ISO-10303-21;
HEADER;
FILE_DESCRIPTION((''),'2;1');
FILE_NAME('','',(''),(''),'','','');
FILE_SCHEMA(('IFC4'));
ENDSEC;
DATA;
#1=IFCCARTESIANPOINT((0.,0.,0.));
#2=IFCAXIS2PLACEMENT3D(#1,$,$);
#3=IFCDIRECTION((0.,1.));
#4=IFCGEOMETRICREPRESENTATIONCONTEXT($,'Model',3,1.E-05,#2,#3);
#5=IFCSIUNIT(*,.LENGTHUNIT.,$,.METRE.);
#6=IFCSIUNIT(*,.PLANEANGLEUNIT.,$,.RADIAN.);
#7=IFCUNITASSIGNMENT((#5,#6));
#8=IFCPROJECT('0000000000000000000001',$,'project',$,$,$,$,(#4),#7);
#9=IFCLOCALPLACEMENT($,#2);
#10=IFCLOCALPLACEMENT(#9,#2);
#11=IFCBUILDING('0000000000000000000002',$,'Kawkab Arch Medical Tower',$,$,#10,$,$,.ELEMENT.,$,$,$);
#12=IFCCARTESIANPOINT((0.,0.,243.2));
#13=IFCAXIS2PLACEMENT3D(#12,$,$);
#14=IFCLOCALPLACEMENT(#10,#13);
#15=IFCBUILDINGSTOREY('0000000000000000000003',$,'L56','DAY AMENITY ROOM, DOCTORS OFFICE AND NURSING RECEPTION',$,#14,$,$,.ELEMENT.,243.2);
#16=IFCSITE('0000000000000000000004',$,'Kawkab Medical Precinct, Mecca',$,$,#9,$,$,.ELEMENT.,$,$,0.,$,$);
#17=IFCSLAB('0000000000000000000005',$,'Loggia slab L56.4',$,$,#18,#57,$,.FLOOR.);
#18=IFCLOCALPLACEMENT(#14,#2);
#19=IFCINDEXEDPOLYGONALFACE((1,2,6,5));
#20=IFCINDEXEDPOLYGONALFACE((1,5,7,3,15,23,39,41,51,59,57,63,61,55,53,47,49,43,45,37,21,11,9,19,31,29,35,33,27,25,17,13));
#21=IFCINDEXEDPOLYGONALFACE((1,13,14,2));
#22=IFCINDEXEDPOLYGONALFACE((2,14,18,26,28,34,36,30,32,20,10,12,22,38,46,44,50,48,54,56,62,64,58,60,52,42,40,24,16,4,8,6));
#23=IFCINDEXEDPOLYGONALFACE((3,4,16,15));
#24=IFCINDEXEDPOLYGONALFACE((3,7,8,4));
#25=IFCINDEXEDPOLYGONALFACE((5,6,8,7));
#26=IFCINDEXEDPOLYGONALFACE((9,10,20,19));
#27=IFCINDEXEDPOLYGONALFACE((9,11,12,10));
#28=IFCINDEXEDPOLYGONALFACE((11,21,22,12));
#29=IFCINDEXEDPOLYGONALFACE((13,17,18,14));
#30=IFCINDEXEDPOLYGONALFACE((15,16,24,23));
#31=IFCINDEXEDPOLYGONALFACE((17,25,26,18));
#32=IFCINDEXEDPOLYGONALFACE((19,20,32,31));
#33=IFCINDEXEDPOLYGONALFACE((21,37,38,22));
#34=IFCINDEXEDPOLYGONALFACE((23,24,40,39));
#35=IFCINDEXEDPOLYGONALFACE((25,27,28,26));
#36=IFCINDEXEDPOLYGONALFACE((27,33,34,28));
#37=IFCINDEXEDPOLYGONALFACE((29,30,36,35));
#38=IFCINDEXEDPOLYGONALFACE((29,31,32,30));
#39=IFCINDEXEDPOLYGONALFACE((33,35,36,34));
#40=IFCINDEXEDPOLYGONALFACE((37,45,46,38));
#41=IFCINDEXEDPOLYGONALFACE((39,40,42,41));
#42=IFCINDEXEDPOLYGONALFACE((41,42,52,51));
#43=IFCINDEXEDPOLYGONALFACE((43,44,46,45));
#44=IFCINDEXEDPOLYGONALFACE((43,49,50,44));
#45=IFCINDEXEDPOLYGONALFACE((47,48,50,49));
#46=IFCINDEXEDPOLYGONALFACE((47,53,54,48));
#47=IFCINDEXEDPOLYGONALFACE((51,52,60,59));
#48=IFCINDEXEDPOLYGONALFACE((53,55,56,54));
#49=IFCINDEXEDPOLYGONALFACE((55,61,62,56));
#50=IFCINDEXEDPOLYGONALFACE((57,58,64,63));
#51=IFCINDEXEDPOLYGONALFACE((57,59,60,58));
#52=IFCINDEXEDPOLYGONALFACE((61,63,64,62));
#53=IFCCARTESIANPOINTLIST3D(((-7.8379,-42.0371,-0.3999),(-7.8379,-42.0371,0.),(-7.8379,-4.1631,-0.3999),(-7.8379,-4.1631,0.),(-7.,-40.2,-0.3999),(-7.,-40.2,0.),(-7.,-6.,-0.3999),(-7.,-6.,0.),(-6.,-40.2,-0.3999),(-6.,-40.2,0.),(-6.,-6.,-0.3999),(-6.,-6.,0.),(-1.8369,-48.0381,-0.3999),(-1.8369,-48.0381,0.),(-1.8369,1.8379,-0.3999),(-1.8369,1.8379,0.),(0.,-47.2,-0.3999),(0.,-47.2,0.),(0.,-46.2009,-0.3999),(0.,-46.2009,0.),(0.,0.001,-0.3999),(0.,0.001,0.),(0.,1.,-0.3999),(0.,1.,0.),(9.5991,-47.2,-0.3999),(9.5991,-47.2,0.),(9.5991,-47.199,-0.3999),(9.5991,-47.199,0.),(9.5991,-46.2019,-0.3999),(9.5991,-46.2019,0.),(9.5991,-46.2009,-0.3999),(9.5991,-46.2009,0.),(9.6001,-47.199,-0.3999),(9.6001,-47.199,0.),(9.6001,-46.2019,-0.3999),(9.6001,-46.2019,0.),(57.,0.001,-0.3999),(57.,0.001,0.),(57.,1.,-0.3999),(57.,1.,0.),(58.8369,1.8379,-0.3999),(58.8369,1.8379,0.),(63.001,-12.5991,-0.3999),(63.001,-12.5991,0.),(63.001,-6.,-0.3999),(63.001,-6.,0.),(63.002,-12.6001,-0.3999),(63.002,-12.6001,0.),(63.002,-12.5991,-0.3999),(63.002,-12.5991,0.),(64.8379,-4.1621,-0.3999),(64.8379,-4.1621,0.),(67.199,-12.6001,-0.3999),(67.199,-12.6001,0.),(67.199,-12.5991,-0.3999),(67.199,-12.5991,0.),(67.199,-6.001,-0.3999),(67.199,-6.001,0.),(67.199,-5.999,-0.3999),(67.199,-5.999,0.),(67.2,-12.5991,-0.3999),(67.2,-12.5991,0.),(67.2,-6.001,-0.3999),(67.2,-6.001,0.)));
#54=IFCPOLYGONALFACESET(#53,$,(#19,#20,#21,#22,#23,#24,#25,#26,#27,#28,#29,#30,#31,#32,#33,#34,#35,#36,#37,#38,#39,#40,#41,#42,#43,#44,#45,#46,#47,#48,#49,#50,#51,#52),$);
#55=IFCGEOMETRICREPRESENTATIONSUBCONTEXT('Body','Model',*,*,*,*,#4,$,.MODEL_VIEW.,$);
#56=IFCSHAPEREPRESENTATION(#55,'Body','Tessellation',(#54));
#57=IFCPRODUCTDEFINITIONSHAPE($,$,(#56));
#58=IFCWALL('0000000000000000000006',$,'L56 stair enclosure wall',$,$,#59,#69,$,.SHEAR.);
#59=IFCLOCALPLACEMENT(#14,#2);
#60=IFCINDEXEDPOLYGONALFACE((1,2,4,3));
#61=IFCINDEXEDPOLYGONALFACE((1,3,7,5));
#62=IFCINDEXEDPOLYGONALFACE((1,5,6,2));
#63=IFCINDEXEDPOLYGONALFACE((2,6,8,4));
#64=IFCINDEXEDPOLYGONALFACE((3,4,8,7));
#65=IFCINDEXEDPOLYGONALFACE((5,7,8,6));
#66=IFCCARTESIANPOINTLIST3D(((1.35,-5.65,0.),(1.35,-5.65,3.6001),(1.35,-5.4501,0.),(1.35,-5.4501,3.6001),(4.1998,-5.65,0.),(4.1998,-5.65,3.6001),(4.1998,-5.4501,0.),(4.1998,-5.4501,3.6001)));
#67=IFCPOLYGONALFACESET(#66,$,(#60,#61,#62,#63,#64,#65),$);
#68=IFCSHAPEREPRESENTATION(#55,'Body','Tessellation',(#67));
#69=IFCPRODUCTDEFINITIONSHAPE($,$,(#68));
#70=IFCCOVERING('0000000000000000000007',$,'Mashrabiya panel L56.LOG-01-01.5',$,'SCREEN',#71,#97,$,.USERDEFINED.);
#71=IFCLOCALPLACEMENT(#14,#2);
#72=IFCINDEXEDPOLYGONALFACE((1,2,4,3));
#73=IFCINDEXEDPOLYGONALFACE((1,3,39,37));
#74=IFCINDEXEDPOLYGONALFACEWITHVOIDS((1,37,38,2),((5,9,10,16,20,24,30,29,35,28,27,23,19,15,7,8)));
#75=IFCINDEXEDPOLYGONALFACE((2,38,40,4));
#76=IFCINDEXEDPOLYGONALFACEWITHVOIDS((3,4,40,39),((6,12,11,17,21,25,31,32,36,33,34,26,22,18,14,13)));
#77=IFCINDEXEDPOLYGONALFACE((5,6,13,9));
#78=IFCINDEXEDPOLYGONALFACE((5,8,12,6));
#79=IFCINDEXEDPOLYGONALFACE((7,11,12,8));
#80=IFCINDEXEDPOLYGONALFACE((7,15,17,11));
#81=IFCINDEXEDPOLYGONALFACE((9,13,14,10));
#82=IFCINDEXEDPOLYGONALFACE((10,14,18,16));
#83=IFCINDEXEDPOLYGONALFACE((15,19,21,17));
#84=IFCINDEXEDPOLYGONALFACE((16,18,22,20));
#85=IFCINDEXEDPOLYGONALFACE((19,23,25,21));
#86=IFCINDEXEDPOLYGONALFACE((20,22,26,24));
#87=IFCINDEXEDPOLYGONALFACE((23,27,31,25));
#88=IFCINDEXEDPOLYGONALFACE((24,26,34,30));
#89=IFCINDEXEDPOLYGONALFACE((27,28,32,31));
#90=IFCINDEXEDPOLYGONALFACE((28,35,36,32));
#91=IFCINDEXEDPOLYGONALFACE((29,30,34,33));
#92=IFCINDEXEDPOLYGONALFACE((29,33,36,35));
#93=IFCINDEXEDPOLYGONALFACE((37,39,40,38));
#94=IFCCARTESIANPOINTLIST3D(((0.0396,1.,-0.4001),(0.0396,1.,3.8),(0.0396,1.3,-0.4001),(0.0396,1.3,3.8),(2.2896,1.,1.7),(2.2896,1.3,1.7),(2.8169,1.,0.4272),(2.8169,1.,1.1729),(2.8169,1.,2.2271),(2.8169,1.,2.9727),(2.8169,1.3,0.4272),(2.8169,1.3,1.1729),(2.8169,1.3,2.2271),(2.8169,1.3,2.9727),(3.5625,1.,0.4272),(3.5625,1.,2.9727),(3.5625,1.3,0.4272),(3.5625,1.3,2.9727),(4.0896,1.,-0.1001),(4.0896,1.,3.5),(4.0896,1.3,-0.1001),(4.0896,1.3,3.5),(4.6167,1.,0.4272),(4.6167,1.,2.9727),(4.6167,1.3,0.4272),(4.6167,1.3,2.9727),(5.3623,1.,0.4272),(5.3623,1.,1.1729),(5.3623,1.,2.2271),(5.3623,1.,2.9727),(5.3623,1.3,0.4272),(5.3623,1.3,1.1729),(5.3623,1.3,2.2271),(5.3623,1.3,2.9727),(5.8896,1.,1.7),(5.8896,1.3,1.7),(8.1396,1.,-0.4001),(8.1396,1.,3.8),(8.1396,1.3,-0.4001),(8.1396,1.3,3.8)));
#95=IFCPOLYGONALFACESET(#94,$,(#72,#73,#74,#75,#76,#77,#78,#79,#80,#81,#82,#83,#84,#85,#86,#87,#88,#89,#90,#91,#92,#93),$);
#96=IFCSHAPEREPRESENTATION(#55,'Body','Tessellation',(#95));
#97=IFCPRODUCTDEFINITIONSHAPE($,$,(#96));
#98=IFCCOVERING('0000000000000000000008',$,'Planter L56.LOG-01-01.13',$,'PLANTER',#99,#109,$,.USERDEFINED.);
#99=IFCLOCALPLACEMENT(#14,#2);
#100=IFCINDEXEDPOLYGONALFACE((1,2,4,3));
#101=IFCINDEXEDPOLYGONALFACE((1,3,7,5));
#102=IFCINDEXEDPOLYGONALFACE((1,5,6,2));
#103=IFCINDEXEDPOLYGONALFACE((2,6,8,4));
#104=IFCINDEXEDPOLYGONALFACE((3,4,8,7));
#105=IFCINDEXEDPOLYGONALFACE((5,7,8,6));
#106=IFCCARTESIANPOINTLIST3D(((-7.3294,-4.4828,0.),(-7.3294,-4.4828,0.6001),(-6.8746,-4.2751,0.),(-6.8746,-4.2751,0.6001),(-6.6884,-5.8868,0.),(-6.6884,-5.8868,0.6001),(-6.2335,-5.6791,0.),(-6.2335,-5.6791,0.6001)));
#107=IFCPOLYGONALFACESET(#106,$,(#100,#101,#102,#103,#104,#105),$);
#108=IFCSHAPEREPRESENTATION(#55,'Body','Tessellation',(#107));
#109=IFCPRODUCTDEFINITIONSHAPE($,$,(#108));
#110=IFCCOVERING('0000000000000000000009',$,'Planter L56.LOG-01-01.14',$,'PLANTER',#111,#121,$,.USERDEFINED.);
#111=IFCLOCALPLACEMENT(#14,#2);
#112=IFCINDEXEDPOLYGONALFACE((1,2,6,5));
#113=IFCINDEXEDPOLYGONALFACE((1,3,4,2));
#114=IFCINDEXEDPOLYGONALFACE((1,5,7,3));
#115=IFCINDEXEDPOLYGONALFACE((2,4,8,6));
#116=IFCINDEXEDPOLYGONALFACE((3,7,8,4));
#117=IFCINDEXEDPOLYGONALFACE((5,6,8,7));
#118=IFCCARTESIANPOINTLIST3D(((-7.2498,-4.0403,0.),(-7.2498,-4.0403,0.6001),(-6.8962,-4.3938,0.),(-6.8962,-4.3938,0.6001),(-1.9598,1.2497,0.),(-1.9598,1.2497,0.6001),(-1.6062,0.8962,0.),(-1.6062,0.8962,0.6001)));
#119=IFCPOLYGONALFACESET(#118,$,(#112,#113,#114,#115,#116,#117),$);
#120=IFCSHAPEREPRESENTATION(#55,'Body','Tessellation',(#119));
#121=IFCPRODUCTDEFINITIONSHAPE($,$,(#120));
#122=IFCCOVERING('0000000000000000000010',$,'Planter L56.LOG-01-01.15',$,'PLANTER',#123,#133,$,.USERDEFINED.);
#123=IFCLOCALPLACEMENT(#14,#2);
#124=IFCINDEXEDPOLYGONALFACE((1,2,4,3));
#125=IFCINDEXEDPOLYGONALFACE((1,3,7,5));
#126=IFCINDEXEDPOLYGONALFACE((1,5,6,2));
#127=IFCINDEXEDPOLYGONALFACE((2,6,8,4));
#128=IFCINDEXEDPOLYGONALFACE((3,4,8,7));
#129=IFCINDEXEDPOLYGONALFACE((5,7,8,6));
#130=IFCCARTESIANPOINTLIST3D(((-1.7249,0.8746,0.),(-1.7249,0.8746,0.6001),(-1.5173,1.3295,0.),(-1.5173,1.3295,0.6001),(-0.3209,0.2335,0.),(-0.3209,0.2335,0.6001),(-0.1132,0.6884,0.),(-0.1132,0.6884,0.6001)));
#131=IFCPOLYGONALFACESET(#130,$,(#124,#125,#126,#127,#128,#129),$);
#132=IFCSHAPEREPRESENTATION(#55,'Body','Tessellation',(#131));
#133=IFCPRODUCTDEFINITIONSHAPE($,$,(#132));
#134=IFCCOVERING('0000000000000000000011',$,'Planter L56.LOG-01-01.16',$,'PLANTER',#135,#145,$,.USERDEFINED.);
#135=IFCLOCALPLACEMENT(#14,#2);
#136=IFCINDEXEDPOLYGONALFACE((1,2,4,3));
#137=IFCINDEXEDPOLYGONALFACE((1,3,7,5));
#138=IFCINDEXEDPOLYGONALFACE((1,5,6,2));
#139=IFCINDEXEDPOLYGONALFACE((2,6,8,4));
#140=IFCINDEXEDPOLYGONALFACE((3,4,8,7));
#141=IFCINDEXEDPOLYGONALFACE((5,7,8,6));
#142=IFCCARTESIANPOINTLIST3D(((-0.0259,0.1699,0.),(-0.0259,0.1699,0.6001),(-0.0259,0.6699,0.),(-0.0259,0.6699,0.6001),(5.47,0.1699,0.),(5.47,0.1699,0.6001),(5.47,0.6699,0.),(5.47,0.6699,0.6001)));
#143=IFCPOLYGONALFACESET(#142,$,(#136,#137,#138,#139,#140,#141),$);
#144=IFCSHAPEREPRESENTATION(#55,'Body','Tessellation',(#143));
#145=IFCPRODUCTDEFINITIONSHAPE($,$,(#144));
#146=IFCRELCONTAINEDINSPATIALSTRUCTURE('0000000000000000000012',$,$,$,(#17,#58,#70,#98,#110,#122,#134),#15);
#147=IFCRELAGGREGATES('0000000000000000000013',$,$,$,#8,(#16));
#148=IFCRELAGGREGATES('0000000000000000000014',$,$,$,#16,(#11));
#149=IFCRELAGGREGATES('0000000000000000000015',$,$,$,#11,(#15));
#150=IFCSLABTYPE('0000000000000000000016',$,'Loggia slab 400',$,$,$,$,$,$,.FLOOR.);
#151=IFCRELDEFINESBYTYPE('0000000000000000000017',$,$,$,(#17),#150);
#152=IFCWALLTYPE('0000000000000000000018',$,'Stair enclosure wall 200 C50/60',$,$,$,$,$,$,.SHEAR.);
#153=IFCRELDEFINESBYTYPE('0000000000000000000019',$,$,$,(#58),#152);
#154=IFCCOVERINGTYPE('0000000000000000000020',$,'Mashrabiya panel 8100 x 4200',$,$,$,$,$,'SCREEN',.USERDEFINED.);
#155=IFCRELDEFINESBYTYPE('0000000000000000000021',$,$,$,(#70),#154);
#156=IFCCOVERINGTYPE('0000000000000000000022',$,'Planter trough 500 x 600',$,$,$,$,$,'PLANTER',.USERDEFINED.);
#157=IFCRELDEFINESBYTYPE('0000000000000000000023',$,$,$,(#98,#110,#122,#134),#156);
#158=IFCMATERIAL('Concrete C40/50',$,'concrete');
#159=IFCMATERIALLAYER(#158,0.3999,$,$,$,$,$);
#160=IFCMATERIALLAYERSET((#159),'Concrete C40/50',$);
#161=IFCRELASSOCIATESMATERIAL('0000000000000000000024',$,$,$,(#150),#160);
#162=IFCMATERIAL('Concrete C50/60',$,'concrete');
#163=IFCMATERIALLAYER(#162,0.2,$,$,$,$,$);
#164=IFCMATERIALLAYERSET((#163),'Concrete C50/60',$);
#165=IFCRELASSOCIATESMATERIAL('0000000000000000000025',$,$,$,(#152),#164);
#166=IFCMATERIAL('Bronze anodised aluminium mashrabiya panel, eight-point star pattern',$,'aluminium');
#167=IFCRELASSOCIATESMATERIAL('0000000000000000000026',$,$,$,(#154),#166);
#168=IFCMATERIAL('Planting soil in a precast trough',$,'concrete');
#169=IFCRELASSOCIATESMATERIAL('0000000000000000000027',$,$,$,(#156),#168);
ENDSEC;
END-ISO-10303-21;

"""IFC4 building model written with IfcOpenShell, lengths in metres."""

from ifc_helpers import new_model, si_unit, direction, frame, frame_2d, origin, origin_2d, place, context, subcontext, project, spatial, polyline, rectangle, outline, extrude, material, layer, layer_set, material_profile, profile_set, type_object, element, save


model = new_model("IFC4")

# Units and contexts
model_context = context("Model", 3, precision=1e-05, world=origin(), true_north=direction((0.0, 1.0)))
body_context = subcontext(model_context, "Body", "Model", "MODEL_VIEW")
ifc_project = project(units=[si_unit("LENGTHUNIT", "METRE"), si_unit("PLANEANGLEUNIT", "RADIAN")], contexts=[model_context])

# Site, building, storey
site_placement = place(None, origin())
site = spatial("IfcSite", under=ifc_project, at=site_placement, Name="Kawkab Medical Precinct, Mecca", CompositionType="ELEMENT", RefElevation=0.0)
building_placement = place(site_placement, origin())
building = spatial("IfcBuilding", under=site, at=building_placement, Name="Kawkab Arch Medical Tower", CompositionType="ELEMENT")
storey_placement = place(building_placement, frame((0.0, 0.0, 243.2)))
storey = spatial("IfcBuildingStorey", under=building, at=storey_placement, Name="L56", Description="DAY AMENITY ROOM, DOCTORS OFFICE AND NURSING RECEPTION", CompositionType="ELEMENT", Elevation=243.2)

# Slab
ifc_material_1 = material(Name="Concrete C40/50", Category="concrete")
ifc_layer_1 = layer(ifc_material_1, 0.3999)
ifc_layer_set_1 = layer_set([ifc_layer_1], Name="Concrete C40/50")
slab_type_1 = type_object("IfcSlabType", Name="Loggia slab 400", PredefinedType="FLOOR", material=ifc_layer_set_1)
placement_1 = place(storey_placement, frame((0.0, 0.0, -0.3999)))
element("IfcSlab", 1, at=placement_1, inside=storey, type_object=slab_type_1, Name="Loggia slab L56.4", PredefinedType="FLOOR", context=body_context, shape_type="SweptSolid", body=[
    extrude(outline(polyline([(-7.8379, -42.0371), (-7.0, -40.2), (-7.0, -6.0), (-7.8379, -4.1631), (-1.8369, 1.8379), (0.0, 1.0), (57.0, 1.0), (58.8369, 1.8379), (64.8379, -4.1621), (67.199, -5.999), (67.199, -6.001), (67.2, -6.001), (67.2, -12.5991), (67.199, -12.5991), (67.199, -12.6001), (63.002, -12.6001), (63.002, -12.5991), (63.001, -12.5991), (63.001, -6.0), (57.0, 0.001), (0.0, 0.001), (-6.0, -6.0), (-6.0, -40.2), (0.0, -46.2009), (9.5991, -46.2009), (9.5991, -46.2019), (9.6001, -46.2019), (9.6001, -47.199), (9.5991, -47.199), (9.5991, -47.2), (0.0, -47.2), (-1.8369, -48.0381), (-7.8379, -42.0371)])), origin(), (0.0, 0.0, 1.0), 0.3999),
])

# Wall
ifc_material_2 = material(Name="Concrete C50/60", Category="concrete")
ifc_layer_2 = layer(ifc_material_2, 0.2)
ifc_layer_set_2 = layer_set([ifc_layer_2], Name="Concrete C50/60")
wall_type = type_object("IfcWallType", Name="Stair enclosure wall 200 C50/60", PredefinedType="SHEAR", material=ifc_layer_set_2)
wall_placement = place(storey_placement, frame((1.3501, -5.55, 0.0), z_axis=(0.0, 0.0, 1.0), x_axis=(1.0, 0.0, 0.0)))
element("IfcWall", 2, at=wall_placement, inside=storey, type_object=wall_type, Name="L56 stair enclosure wall", PredefinedType="SHEAR", context=body_context, shape_type="SweptSolid", body=[
    extrude(rectangle(XDim=2.8499, YDim=0.2, at=frame_2d((1.4248, 0.0))), origin(), (0.0, 0.0, 1.0), 3.6001),
])

# Coverings
ifc_material_3 = material(Name="Bronze anodised aluminium mashrabiya panel, eight-point star pattern", Category="aluminium")
ifc_material_profile_1 = material_profile(ifc_material_3, outline(polyline([(-4.05, -2.1001), (4.05, -2.1001), (4.05, 2.1001), (-4.05, 2.1001), (-4.05, -2.1001)]), holes=[polyline([(1.8, 0.0), (1.2727, 0.5271), (1.2727, 1.2727), (0.5271, 1.2727), (0.0, 1.8), (-0.5271, 1.2727), (-1.2727, 1.2727), (-1.2727, 0.5271), (-1.8, 0.0), (-1.2727, -0.5271), (-1.2727, -1.2727), (-0.5271, -1.2727), (0.0, -1.8), (0.5271, -1.2727), (1.2727, -1.2727), (1.2727, -0.5271), (1.8, 0.0)])]), Name="Mashrabiya panel 8100x4200")
ifc_profile_set_1 = profile_set([ifc_material_profile_1], Name="Bronze anodised aluminium mashrabiya panel, eight-point star pattern")
covering_type_1 = type_object("IfcCoveringType", Name="Mashrabiya panel 8100 x 4200", ElementType="SCREEN", PredefinedType="USERDEFINED", material=ifc_profile_set_1)
covering_1_placement = place(storey_placement, frame((4.0896, 1.0, 1.7), z_axis=(0.0, 1.0, 0.0), x_axis=(-1.0, 0.0, 0.0)))
element("IfcCovering", 3, at=covering_1_placement, inside=storey, type_object=covering_type_1, Name="Mashrabiya panel L56.LOG-01-01.5", ObjectType="SCREEN", PredefinedType="USERDEFINED", context=body_context, shape_type="SweptSolid", body=[
    extrude(outline(polyline([(-4.05, -2.1001), (4.05, -2.1001), (4.05, 2.1001), (-4.05, 2.1001), (-4.05, -2.1001)]), holes=[polyline([(1.8, 0.0), (1.2727, 0.5271), (1.2727, 1.2727), (0.5271, 1.2727), (0.0, 1.8), (-0.5271, 1.2727), (-1.2727, 1.2727), (-1.2727, 0.5271), (-1.8, 0.0), (-1.2727, -0.5271), (-1.2727, -1.2727), (-0.5271, -1.2727), (0.0, -1.8), (0.5271, -1.2727), (1.2727, -1.2727), (1.2727, -0.5271), (1.8, 0.0)])]), origin(), (0.0, 0.0, 1.0), 0.3),
])
ifc_material_4 = material(Name="Planting soil in a precast trough", Category="concrete")
ifc_material_profile_2 = material_profile(ifc_material_4, rectangle(XDim=0.5, YDim=0.6001, at=origin_2d()), Name="Trough 500x600")
ifc_profile_set_2 = profile_set([ifc_material_profile_2], Name="Planting soil in a precast trough")
covering_type_2 = type_object("IfcCoveringType", Name="Planter trough 500 x 600", ElementType="PLANTER", PredefinedType="USERDEFINED", material=ifc_profile_set_2)
covering_2_placement = place(storey_placement, frame((-6.4609, -5.783, 0.3), z_axis=(-0.415363, 0.909656, 0.0), x_axis=(-0.909656, -0.415363, 0.0)))
element("IfcCovering", 4, at=covering_2_placement, inside=storey, type_object=covering_type_2, Name="Planter L56.LOG-01-01.13", ObjectType="PLANTER", PredefinedType="USERDEFINED", context=body_context, shape_type="SweptSolid", body=[
    extrude(rectangle(XDim=0.5, YDim=0.6001, at=origin_2d()), origin(), (0.0, 0.0, 1.0), 1.5435),
])
covering_3_placement = place(storey_placement, frame((-7.073, -4.217, 0.3), z_axis=(0.707107, 0.707107, 0.0), x_axis=(-0.707107, 0.707107, 0.0)))
element("IfcCovering", 5, at=covering_3_placement, inside=storey, type_object=covering_type_2, Name="Planter L56.LOG-01-01.14", ObjectType="PLANTER", PredefinedType="USERDEFINED", context=body_context, shape_type="SweptSolid", body=[
    extrude(rectangle(XDim=0.5, YDim=0.6001, at=origin_2d()), origin(), (0.0, 0.0, 1.0), 7.4812),
])
covering_4_placement = place(storey_placement, frame((-1.6211, 1.1021, 0.3), z_axis=(0.909656, -0.415363, 0.0), x_axis=(0.415363, 0.909656, 0.0)))
element("IfcCovering", 6, at=covering_4_placement, inside=storey, type_object=covering_type_2, Name="Planter L56.LOG-01-01.15", ObjectType="PLANTER", PredefinedType="USERDEFINED", context=body_context, shape_type="SweptSolid", body=[
    extrude(rectangle(XDim=0.5, YDim=0.6001, at=origin_2d()), origin(), (0.0, 0.0, 1.0), 1.5435),
])
covering_5_placement = place(storey_placement, frame((-0.0259, 0.4199, 0.3), z_axis=(1.0, 0.0, 0.0), x_axis=(0.0, 1.0, 0.0)))
element("IfcCovering", 7, at=covering_5_placement, inside=storey, type_object=covering_type_2, Name="Planter L56.LOG-01-01.16", ObjectType="PLANTER", PredefinedType="USERDEFINED", context=body_context, shape_type="SweptSolid", body=[
    extrude(rectangle(XDim=0.5, YDim=0.6001, at=origin_2d()), origin(), (0.0, 0.0, 1.0), 5.4958),
])

save(model, "model.ifc")
